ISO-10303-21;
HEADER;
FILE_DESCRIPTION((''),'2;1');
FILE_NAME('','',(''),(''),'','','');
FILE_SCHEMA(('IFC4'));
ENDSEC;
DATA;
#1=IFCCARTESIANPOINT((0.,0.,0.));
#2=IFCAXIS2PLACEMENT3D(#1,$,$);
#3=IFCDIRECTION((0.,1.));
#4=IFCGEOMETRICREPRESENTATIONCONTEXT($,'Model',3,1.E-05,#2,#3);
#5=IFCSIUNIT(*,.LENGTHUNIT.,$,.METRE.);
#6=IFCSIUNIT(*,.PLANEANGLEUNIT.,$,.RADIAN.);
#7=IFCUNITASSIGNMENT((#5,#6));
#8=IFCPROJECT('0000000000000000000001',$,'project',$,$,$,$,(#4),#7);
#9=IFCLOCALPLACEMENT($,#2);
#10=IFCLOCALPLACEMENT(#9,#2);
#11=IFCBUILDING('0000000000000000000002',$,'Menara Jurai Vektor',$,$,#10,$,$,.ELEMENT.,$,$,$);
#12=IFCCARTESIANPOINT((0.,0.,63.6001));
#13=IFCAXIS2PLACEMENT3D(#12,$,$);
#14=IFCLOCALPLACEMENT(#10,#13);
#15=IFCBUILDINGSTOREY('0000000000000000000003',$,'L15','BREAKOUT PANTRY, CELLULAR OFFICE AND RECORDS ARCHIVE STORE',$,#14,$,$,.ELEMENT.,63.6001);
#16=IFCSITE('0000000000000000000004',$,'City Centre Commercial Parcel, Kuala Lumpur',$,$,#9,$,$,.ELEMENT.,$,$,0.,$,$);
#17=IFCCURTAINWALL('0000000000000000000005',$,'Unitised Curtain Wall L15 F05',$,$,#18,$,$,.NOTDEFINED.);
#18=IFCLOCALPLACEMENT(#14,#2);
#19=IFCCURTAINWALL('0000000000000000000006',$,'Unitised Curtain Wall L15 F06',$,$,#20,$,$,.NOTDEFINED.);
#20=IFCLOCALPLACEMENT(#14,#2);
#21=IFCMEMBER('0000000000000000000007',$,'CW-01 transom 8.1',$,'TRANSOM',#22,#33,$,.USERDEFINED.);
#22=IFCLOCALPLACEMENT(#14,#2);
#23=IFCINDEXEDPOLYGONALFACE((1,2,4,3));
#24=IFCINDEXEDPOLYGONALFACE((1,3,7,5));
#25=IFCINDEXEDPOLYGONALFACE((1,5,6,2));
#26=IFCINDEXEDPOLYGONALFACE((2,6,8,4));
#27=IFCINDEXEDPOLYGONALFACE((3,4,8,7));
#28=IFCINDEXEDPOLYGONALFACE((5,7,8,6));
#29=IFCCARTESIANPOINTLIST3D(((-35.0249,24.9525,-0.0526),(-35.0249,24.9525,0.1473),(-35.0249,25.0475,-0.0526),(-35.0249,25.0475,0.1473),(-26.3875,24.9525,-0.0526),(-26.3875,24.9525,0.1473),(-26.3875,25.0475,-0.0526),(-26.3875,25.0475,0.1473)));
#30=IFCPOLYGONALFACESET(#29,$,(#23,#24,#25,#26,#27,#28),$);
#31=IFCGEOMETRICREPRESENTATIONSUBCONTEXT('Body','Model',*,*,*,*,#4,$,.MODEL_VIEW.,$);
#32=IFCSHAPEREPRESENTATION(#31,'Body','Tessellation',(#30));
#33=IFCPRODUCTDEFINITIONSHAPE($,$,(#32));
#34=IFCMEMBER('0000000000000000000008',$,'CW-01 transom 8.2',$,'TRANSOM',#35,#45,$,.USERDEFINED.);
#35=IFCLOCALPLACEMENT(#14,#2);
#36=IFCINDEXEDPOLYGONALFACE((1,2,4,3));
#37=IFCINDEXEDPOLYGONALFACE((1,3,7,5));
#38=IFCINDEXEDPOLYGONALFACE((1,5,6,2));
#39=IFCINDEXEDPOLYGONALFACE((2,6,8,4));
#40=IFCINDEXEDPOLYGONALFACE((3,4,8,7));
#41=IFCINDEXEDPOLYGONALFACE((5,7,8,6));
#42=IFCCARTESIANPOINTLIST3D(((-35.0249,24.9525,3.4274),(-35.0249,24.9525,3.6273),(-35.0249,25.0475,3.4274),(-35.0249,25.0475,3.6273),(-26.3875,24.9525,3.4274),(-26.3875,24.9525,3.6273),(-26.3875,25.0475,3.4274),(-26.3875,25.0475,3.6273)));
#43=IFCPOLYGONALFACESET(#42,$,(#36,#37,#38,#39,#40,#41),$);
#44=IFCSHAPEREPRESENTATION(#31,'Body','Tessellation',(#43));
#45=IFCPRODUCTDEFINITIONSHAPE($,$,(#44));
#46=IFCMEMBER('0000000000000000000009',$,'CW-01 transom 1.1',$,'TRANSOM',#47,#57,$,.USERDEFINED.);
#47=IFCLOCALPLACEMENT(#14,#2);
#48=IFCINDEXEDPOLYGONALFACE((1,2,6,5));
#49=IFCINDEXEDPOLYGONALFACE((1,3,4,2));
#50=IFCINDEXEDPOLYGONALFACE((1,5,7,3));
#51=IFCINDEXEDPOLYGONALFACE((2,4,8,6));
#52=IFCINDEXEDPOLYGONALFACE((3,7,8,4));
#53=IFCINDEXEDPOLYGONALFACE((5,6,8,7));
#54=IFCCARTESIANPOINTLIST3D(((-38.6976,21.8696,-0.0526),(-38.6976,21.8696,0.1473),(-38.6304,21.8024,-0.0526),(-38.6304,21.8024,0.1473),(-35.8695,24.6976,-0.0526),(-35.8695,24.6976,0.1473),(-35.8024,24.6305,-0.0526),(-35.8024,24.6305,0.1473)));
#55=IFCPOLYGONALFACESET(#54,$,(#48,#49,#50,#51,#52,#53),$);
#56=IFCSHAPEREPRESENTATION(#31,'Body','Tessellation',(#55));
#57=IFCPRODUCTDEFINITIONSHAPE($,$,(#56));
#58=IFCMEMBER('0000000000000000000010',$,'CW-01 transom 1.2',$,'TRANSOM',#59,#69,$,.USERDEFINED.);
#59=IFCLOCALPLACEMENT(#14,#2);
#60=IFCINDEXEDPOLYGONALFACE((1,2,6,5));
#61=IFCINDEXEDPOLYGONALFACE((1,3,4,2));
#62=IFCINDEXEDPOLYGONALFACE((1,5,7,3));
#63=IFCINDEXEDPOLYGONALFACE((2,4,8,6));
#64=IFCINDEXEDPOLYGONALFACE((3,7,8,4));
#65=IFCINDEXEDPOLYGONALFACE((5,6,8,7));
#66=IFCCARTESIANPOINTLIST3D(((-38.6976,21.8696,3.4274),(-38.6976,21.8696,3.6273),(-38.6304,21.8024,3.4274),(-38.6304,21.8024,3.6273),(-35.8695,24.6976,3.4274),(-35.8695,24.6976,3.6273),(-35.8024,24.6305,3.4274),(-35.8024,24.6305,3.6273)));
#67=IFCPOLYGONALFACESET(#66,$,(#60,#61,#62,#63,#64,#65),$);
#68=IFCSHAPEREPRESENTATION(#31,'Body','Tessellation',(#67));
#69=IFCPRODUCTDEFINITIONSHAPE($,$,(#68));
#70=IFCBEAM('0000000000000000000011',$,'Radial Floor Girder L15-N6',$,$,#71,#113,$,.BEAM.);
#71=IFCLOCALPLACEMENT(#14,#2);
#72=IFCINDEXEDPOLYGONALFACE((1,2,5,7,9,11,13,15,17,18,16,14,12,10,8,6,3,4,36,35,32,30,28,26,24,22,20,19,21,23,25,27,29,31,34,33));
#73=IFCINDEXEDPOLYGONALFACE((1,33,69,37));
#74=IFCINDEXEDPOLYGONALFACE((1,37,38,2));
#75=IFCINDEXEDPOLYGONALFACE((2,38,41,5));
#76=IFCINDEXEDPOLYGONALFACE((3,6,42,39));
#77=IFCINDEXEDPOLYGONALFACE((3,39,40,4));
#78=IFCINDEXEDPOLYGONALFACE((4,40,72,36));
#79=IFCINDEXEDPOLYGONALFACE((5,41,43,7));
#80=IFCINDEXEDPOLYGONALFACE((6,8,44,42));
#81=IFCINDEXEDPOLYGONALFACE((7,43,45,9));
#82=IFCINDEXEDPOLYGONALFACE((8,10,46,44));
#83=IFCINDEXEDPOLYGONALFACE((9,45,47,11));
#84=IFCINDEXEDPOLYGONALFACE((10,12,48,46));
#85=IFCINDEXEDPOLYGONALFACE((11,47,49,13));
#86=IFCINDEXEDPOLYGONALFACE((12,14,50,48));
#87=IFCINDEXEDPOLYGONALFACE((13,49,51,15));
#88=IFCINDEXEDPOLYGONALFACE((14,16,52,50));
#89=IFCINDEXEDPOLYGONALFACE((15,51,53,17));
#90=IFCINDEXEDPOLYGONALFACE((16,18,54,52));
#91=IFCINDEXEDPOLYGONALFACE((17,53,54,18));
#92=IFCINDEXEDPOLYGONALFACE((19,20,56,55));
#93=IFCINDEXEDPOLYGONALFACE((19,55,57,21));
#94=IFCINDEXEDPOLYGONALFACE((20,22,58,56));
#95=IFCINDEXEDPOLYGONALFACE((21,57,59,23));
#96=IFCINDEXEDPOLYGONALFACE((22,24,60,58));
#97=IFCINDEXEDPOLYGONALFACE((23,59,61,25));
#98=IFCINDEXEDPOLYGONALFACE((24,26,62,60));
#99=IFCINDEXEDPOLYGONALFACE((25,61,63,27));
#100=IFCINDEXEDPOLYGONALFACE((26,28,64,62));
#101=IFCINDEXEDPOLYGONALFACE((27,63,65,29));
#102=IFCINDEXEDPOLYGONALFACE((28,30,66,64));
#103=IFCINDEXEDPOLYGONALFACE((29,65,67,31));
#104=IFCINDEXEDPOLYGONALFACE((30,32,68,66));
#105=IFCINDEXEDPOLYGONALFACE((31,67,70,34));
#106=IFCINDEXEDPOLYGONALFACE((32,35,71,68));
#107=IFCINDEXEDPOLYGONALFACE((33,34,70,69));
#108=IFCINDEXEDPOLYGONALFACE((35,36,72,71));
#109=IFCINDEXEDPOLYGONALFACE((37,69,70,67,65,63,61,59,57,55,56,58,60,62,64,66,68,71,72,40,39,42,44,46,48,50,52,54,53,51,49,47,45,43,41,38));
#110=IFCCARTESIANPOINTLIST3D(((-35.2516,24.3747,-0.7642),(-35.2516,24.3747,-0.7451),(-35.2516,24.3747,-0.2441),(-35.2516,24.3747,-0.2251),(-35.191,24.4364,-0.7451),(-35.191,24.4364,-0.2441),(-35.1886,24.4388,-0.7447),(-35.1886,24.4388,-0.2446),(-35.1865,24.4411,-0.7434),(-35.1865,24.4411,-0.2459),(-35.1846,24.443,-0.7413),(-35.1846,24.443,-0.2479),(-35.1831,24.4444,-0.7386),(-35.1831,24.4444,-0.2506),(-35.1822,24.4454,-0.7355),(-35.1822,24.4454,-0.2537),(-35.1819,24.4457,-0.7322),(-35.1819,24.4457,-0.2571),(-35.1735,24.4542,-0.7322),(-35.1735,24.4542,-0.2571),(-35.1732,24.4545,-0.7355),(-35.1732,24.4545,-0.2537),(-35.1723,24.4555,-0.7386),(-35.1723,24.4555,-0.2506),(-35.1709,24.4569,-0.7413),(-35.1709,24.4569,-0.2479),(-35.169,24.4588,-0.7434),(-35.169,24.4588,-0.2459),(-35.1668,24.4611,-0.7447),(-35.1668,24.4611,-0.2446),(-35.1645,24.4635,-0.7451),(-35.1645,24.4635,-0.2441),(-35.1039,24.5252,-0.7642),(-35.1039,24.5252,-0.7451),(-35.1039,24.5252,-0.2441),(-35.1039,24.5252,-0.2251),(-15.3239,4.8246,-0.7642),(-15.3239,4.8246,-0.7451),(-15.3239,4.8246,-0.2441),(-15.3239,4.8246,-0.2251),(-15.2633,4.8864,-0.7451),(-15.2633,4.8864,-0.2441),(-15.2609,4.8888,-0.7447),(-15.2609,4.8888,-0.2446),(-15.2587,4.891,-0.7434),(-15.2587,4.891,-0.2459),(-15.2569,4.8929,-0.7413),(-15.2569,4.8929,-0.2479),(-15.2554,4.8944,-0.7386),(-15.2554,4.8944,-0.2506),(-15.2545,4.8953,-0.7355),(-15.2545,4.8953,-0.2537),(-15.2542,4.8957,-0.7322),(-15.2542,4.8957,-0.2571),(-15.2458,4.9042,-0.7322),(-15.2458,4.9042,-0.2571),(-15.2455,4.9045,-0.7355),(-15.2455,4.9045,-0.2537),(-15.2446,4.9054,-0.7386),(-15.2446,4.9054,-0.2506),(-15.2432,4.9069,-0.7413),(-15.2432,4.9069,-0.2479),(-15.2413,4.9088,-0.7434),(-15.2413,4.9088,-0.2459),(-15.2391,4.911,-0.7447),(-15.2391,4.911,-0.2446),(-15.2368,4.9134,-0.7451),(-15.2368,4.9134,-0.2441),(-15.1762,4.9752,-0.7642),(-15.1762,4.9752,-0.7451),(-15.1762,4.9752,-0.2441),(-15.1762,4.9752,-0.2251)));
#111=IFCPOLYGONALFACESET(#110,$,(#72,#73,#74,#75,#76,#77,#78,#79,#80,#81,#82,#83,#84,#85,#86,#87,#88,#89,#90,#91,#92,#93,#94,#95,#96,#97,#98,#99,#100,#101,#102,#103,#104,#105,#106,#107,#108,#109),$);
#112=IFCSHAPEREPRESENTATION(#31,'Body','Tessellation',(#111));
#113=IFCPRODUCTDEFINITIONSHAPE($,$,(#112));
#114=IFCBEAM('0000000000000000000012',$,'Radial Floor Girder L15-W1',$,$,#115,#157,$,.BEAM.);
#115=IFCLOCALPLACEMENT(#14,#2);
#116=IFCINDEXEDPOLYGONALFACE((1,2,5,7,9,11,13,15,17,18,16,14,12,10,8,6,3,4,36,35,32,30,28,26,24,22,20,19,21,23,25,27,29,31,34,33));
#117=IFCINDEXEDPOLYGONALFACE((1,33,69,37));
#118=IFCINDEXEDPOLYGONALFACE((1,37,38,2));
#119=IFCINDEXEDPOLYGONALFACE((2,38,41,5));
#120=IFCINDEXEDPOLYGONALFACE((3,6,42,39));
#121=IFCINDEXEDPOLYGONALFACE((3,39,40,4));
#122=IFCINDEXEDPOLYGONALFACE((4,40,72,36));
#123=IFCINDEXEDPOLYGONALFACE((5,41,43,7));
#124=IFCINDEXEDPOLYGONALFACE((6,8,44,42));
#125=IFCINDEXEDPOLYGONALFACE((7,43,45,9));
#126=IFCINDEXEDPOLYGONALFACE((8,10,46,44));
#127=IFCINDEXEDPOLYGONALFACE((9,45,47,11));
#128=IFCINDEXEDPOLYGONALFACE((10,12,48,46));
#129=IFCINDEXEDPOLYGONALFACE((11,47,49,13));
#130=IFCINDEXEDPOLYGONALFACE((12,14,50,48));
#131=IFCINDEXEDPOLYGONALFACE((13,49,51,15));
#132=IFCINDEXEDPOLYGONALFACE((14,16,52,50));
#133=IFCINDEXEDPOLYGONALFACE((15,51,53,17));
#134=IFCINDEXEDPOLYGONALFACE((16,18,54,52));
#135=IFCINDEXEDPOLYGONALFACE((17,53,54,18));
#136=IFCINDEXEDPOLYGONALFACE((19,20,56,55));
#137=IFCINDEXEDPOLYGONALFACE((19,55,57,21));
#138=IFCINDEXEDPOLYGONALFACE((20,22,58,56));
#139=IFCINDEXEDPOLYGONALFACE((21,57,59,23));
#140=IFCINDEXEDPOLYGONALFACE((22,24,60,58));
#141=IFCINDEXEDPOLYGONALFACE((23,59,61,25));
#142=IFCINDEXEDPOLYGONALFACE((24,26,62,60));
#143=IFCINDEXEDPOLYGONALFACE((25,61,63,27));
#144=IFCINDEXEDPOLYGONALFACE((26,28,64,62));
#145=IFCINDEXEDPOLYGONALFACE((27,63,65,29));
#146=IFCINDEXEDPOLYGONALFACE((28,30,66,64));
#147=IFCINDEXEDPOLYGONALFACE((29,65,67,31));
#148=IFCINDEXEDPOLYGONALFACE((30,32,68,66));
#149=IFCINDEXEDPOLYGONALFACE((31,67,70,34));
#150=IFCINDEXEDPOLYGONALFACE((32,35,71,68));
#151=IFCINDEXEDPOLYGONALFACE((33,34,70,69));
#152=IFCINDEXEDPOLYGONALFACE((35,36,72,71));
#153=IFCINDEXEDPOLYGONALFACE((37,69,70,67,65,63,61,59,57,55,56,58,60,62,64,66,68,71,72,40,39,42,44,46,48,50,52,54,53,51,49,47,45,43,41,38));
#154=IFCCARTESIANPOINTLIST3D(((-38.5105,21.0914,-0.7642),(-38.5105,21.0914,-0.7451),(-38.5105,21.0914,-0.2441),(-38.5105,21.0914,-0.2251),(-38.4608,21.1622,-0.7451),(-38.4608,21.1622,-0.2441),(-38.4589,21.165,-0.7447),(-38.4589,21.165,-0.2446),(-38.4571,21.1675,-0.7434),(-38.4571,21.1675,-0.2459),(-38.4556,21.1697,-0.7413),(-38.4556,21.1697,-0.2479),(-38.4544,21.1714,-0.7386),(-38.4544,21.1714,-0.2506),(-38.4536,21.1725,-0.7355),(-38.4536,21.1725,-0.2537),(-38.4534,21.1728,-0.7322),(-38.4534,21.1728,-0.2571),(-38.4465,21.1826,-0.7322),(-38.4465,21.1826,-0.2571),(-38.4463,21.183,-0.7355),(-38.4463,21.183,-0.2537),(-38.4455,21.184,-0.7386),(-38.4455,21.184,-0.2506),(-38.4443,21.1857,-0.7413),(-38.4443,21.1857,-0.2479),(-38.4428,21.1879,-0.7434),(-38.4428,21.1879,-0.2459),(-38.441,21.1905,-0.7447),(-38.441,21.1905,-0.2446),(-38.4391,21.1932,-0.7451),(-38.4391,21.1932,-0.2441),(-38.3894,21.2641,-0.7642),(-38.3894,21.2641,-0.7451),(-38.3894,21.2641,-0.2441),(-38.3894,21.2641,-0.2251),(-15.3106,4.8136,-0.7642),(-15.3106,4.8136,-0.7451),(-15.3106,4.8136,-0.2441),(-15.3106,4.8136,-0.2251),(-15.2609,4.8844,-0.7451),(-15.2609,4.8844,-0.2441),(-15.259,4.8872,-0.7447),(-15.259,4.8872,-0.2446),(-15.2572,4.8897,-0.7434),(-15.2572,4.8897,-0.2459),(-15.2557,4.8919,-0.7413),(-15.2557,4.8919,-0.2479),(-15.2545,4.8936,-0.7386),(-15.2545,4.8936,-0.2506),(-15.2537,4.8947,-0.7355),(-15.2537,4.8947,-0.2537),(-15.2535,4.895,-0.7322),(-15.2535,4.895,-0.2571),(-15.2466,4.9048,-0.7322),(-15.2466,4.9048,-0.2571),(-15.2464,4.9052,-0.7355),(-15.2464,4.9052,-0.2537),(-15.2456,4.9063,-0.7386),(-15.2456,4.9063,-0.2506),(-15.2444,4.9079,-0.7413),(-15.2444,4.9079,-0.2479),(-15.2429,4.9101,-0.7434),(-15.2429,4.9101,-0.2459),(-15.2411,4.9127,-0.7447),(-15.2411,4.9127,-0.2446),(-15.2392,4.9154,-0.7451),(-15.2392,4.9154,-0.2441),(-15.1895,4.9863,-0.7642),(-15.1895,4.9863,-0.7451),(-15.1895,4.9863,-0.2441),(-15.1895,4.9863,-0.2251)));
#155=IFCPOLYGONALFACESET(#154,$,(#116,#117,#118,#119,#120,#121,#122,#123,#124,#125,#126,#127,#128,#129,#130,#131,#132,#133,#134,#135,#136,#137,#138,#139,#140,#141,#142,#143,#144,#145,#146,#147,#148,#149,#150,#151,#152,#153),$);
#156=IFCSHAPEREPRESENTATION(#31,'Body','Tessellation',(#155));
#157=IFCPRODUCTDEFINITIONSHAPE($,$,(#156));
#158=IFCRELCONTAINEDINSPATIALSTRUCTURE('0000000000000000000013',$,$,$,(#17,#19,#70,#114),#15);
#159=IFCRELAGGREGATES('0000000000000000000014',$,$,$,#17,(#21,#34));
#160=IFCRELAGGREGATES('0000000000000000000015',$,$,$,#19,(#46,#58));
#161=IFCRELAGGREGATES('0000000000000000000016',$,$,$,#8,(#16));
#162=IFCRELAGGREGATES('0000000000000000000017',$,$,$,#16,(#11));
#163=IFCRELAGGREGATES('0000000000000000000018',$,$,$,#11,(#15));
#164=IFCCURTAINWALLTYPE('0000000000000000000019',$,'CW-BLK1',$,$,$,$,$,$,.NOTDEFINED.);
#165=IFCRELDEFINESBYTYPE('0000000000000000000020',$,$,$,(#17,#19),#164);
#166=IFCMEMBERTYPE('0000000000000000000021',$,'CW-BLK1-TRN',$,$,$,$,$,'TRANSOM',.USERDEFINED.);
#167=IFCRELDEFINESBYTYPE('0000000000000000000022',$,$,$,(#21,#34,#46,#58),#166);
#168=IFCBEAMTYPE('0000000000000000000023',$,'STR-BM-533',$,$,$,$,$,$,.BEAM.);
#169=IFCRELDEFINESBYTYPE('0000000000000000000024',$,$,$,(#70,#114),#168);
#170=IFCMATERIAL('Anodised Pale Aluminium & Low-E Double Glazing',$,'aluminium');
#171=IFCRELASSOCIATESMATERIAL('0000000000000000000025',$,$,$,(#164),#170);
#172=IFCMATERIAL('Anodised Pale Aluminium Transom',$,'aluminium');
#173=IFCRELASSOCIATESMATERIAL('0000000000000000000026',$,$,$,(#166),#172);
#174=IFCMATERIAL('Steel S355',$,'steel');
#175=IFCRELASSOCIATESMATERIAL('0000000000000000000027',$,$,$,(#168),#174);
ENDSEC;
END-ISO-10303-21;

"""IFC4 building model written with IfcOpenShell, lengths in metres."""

from ifc_helpers import new_model, si_unit, direction, frame, origin, origin_2d, place, context, subcontext, project, spatial, rectangle, i_section, extrude, material, material_profile, profile_set, type_object, element, aggregate, save


model = new_model("IFC4")

# Units and contexts
model_context = context("Model", 3, precision=1e-05, world=origin(), true_north=direction((0.0, 1.0)))
body_context = subcontext(model_context, "Body", "Model", "MODEL_VIEW")
ifc_project = project(units=[si_unit("LENGTHUNIT", "METRE"), si_unit("PLANEANGLEUNIT", "RADIAN")], contexts=[model_context])

# Site, building, storey
site_placement = place(None, origin())
site = spatial("IfcSite", under=ifc_project, at=site_placement, Name="City Centre Commercial Parcel, Kuala Lumpur", CompositionType="ELEMENT", RefElevation=0.0)
building_placement = place(site_placement, origin())
building = spatial("IfcBuilding", under=site, at=building_placement, Name="Menara Jurai Vektor", CompositionType="ELEMENT")
storey_placement = place(building_placement, frame((0.0, 0.0, 63.6001)))
storey = spatial("IfcBuildingStorey", under=building, at=storey_placement, Name="L15", Description="BREAKOUT PANTRY, CELLULAR OFFICE AND RECORDS ARCHIVE STORE", CompositionType="ELEMENT", Elevation=63.6001)

# Curtain walls
ifc_material_1 = material(Name="Anodised Pale Aluminium & Low-E Double Glazing", Category="aluminium")
curtain_wall_type = type_object("IfcCurtainWallType", Name="CW-BLK1", PredefinedType="NOTDEFINED", material=ifc_material_1)
curtain_wall_1_placement = place(storey_placement, origin())
curtain_wall_1 = element("IfcCurtainWall", 1, at=curtain_wall_1_placement, inside=storey, type_object=curtain_wall_type, Name="Unitised Curtain Wall L15 F05", PredefinedType="NOTDEFINED")
curtain_wall_2_placement = place(storey_placement, origin())
curtain_wall_2 = element("IfcCurtainWall", 2, at=curtain_wall_2_placement, inside=storey, type_object=curtain_wall_type, Name="Unitised Curtain Wall L15 F06", PredefinedType="NOTDEFINED")

# Members
ifc_material_2 = material(Name="Anodised Pale Aluminium Transom", Category="aluminium")
ifc_material_profile_1 = material_profile(ifc_material_2, rectangle(XDim=0.095, YDim=0.2, at=origin_2d()), Name="ALU TRN 95x200")
ifc_profile_set_1 = profile_set([ifc_material_profile_1], Name="Anodised Pale Aluminium Transom")
member_type_1 = type_object("IfcMemberType", Name="CW-BLK1-TRN", ElementType="TRANSOM", PredefinedType="USERDEFINED", material=ifc_profile_set_1)
member_1_placement = place(storey_placement, frame((-26.3875, 25.0, 0.0474), z_axis=(-1.0, 0.0, 0.0), x_axis=(0.0, -1.0, 0.0)))
member_1 = element("IfcMember", 3, at=member_1_placement, type_object=member_type_1, Name="CW-01 transom 8.1", ObjectType="TRANSOM", PredefinedType="USERDEFINED", context=body_context, shape_type="SweptSolid", body=[
    extrude(rectangle(XDim=0.095, YDim=0.2, at=origin_2d()), origin(), (0.0, 0.0, 1.0), 8.6375),
])
member_2_placement = place(storey_placement, frame((-26.3875, 25.0, 3.5273), z_axis=(-1.0, 0.0, 0.0), x_axis=(0.0, -1.0, 0.0)))
member_2 = element("IfcMember", 4, at=member_2_placement, type_object=member_type_1, Name="CW-01 transom 8.2", ObjectType="TRANSOM", PredefinedType="USERDEFINED", context=body_context, shape_type="SweptSolid", body=[
    extrude(rectangle(XDim=0.095, YDim=0.2, at=origin_2d()), origin(), (0.0, 0.0, 1.0), 8.6375),
])
member_3_placement = place(storey_placement, frame((-35.8359, 24.6641, 0.0474), z_axis=(-0.707107, -0.707107, 0.0), x_axis=(0.707107, -0.707107, 0.0)))
member_3 = element("IfcMember", 5, at=member_3_placement, type_object=member_type_1, Name="CW-01 transom 1.1", ObjectType="TRANSOM", PredefinedType="USERDEFINED", context=body_context, shape_type="SweptSolid", body=[
    extrude(rectangle(XDim=0.095, YDim=0.2, at=origin_2d()), origin(), (0.0, 0.0, 1.0), 3.9995),
])
member_4_placement = place(storey_placement, frame((-35.8359, 24.6641, 3.5273), z_axis=(-0.707107, -0.707107, 0.0), x_axis=(0.707107, -0.707107, 0.0)))
member_4 = element("IfcMember", 6, at=member_4_placement, type_object=member_type_1, Name="CW-01 transom 1.2", ObjectType="TRANSOM", PredefinedType="USERDEFINED", context=body_context, shape_type="SweptSolid", body=[
    extrude(rectangle(XDim=0.095, YDim=0.2, at=origin_2d()), origin(), (0.0, 0.0, 1.0), 3.9995),
])

# Beams
ifc_material_3 = material(Name="Steel S355", Category="steel")
ifc_material_profile_2 = material_profile(ifc_material_3, i_section(OverallWidth=0.2109, OverallDepth=0.5391, WebThickness=0.012, FlangeThickness=0.019, FilletRadius=0.0129, at=origin_2d()), Name="UKB 533x210x109")
ifc_profile_set_2 = profile_set([ifc_material_profile_2], Name="Steel S355")
beam_type_1 = type_object("IfcBeamType", Name="STR-BM-533", PredefinedType="BEAM", material=ifc_profile_set_2)
beam_1_placement = place(storey_placement, frame((-35.1777, 24.45, -0.4946), z_axis=(0.713839, -0.70031, 0.0), x_axis=(0.70031, 0.713839, 0.0)))
element("IfcBeam", 7, at=beam_1_placement, inside=storey, type_object=beam_type_1, Name="Radial Floor Girder L15-N6", PredefinedType="BEAM", context=body_context, shape_type="SweptSolid", body=[
    extrude(i_section(OverallWidth=0.2109, OverallDepth=0.5391, WebThickness=0.012, FlangeThickness=0.019, FilletRadius=0.0129, at=origin_2d()), origin(), (0.0, 0.0, 1.0), 27.9163),
])
beam_2_placement = place(storey_placement, frame((-38.45, 21.1777, -0.4946), z_axis=(0.818604, -0.574359, 0.0), x_axis=(0.574359, 0.818604, 0.0)))
element("IfcBeam", 8, at=beam_2_placement, inside=storey, type_object=beam_type_1, Name="Radial Floor Girder L15-W1", PredefinedType="BEAM", context=body_context, shape_type="SweptSolid", body=[
    extrude(i_section(OverallWidth=0.2109, OverallDepth=0.5391, WebThickness=0.012, FlangeThickness=0.019, FilletRadius=0.0129, at=origin_2d()), origin(), (0.0, 0.0, 1.0), 28.3408),
])

aggregate(curtain_wall_1, [member_1, member_2])
aggregate(curtain_wall_2, [member_3, member_4])

save(model, "model.ifc")
